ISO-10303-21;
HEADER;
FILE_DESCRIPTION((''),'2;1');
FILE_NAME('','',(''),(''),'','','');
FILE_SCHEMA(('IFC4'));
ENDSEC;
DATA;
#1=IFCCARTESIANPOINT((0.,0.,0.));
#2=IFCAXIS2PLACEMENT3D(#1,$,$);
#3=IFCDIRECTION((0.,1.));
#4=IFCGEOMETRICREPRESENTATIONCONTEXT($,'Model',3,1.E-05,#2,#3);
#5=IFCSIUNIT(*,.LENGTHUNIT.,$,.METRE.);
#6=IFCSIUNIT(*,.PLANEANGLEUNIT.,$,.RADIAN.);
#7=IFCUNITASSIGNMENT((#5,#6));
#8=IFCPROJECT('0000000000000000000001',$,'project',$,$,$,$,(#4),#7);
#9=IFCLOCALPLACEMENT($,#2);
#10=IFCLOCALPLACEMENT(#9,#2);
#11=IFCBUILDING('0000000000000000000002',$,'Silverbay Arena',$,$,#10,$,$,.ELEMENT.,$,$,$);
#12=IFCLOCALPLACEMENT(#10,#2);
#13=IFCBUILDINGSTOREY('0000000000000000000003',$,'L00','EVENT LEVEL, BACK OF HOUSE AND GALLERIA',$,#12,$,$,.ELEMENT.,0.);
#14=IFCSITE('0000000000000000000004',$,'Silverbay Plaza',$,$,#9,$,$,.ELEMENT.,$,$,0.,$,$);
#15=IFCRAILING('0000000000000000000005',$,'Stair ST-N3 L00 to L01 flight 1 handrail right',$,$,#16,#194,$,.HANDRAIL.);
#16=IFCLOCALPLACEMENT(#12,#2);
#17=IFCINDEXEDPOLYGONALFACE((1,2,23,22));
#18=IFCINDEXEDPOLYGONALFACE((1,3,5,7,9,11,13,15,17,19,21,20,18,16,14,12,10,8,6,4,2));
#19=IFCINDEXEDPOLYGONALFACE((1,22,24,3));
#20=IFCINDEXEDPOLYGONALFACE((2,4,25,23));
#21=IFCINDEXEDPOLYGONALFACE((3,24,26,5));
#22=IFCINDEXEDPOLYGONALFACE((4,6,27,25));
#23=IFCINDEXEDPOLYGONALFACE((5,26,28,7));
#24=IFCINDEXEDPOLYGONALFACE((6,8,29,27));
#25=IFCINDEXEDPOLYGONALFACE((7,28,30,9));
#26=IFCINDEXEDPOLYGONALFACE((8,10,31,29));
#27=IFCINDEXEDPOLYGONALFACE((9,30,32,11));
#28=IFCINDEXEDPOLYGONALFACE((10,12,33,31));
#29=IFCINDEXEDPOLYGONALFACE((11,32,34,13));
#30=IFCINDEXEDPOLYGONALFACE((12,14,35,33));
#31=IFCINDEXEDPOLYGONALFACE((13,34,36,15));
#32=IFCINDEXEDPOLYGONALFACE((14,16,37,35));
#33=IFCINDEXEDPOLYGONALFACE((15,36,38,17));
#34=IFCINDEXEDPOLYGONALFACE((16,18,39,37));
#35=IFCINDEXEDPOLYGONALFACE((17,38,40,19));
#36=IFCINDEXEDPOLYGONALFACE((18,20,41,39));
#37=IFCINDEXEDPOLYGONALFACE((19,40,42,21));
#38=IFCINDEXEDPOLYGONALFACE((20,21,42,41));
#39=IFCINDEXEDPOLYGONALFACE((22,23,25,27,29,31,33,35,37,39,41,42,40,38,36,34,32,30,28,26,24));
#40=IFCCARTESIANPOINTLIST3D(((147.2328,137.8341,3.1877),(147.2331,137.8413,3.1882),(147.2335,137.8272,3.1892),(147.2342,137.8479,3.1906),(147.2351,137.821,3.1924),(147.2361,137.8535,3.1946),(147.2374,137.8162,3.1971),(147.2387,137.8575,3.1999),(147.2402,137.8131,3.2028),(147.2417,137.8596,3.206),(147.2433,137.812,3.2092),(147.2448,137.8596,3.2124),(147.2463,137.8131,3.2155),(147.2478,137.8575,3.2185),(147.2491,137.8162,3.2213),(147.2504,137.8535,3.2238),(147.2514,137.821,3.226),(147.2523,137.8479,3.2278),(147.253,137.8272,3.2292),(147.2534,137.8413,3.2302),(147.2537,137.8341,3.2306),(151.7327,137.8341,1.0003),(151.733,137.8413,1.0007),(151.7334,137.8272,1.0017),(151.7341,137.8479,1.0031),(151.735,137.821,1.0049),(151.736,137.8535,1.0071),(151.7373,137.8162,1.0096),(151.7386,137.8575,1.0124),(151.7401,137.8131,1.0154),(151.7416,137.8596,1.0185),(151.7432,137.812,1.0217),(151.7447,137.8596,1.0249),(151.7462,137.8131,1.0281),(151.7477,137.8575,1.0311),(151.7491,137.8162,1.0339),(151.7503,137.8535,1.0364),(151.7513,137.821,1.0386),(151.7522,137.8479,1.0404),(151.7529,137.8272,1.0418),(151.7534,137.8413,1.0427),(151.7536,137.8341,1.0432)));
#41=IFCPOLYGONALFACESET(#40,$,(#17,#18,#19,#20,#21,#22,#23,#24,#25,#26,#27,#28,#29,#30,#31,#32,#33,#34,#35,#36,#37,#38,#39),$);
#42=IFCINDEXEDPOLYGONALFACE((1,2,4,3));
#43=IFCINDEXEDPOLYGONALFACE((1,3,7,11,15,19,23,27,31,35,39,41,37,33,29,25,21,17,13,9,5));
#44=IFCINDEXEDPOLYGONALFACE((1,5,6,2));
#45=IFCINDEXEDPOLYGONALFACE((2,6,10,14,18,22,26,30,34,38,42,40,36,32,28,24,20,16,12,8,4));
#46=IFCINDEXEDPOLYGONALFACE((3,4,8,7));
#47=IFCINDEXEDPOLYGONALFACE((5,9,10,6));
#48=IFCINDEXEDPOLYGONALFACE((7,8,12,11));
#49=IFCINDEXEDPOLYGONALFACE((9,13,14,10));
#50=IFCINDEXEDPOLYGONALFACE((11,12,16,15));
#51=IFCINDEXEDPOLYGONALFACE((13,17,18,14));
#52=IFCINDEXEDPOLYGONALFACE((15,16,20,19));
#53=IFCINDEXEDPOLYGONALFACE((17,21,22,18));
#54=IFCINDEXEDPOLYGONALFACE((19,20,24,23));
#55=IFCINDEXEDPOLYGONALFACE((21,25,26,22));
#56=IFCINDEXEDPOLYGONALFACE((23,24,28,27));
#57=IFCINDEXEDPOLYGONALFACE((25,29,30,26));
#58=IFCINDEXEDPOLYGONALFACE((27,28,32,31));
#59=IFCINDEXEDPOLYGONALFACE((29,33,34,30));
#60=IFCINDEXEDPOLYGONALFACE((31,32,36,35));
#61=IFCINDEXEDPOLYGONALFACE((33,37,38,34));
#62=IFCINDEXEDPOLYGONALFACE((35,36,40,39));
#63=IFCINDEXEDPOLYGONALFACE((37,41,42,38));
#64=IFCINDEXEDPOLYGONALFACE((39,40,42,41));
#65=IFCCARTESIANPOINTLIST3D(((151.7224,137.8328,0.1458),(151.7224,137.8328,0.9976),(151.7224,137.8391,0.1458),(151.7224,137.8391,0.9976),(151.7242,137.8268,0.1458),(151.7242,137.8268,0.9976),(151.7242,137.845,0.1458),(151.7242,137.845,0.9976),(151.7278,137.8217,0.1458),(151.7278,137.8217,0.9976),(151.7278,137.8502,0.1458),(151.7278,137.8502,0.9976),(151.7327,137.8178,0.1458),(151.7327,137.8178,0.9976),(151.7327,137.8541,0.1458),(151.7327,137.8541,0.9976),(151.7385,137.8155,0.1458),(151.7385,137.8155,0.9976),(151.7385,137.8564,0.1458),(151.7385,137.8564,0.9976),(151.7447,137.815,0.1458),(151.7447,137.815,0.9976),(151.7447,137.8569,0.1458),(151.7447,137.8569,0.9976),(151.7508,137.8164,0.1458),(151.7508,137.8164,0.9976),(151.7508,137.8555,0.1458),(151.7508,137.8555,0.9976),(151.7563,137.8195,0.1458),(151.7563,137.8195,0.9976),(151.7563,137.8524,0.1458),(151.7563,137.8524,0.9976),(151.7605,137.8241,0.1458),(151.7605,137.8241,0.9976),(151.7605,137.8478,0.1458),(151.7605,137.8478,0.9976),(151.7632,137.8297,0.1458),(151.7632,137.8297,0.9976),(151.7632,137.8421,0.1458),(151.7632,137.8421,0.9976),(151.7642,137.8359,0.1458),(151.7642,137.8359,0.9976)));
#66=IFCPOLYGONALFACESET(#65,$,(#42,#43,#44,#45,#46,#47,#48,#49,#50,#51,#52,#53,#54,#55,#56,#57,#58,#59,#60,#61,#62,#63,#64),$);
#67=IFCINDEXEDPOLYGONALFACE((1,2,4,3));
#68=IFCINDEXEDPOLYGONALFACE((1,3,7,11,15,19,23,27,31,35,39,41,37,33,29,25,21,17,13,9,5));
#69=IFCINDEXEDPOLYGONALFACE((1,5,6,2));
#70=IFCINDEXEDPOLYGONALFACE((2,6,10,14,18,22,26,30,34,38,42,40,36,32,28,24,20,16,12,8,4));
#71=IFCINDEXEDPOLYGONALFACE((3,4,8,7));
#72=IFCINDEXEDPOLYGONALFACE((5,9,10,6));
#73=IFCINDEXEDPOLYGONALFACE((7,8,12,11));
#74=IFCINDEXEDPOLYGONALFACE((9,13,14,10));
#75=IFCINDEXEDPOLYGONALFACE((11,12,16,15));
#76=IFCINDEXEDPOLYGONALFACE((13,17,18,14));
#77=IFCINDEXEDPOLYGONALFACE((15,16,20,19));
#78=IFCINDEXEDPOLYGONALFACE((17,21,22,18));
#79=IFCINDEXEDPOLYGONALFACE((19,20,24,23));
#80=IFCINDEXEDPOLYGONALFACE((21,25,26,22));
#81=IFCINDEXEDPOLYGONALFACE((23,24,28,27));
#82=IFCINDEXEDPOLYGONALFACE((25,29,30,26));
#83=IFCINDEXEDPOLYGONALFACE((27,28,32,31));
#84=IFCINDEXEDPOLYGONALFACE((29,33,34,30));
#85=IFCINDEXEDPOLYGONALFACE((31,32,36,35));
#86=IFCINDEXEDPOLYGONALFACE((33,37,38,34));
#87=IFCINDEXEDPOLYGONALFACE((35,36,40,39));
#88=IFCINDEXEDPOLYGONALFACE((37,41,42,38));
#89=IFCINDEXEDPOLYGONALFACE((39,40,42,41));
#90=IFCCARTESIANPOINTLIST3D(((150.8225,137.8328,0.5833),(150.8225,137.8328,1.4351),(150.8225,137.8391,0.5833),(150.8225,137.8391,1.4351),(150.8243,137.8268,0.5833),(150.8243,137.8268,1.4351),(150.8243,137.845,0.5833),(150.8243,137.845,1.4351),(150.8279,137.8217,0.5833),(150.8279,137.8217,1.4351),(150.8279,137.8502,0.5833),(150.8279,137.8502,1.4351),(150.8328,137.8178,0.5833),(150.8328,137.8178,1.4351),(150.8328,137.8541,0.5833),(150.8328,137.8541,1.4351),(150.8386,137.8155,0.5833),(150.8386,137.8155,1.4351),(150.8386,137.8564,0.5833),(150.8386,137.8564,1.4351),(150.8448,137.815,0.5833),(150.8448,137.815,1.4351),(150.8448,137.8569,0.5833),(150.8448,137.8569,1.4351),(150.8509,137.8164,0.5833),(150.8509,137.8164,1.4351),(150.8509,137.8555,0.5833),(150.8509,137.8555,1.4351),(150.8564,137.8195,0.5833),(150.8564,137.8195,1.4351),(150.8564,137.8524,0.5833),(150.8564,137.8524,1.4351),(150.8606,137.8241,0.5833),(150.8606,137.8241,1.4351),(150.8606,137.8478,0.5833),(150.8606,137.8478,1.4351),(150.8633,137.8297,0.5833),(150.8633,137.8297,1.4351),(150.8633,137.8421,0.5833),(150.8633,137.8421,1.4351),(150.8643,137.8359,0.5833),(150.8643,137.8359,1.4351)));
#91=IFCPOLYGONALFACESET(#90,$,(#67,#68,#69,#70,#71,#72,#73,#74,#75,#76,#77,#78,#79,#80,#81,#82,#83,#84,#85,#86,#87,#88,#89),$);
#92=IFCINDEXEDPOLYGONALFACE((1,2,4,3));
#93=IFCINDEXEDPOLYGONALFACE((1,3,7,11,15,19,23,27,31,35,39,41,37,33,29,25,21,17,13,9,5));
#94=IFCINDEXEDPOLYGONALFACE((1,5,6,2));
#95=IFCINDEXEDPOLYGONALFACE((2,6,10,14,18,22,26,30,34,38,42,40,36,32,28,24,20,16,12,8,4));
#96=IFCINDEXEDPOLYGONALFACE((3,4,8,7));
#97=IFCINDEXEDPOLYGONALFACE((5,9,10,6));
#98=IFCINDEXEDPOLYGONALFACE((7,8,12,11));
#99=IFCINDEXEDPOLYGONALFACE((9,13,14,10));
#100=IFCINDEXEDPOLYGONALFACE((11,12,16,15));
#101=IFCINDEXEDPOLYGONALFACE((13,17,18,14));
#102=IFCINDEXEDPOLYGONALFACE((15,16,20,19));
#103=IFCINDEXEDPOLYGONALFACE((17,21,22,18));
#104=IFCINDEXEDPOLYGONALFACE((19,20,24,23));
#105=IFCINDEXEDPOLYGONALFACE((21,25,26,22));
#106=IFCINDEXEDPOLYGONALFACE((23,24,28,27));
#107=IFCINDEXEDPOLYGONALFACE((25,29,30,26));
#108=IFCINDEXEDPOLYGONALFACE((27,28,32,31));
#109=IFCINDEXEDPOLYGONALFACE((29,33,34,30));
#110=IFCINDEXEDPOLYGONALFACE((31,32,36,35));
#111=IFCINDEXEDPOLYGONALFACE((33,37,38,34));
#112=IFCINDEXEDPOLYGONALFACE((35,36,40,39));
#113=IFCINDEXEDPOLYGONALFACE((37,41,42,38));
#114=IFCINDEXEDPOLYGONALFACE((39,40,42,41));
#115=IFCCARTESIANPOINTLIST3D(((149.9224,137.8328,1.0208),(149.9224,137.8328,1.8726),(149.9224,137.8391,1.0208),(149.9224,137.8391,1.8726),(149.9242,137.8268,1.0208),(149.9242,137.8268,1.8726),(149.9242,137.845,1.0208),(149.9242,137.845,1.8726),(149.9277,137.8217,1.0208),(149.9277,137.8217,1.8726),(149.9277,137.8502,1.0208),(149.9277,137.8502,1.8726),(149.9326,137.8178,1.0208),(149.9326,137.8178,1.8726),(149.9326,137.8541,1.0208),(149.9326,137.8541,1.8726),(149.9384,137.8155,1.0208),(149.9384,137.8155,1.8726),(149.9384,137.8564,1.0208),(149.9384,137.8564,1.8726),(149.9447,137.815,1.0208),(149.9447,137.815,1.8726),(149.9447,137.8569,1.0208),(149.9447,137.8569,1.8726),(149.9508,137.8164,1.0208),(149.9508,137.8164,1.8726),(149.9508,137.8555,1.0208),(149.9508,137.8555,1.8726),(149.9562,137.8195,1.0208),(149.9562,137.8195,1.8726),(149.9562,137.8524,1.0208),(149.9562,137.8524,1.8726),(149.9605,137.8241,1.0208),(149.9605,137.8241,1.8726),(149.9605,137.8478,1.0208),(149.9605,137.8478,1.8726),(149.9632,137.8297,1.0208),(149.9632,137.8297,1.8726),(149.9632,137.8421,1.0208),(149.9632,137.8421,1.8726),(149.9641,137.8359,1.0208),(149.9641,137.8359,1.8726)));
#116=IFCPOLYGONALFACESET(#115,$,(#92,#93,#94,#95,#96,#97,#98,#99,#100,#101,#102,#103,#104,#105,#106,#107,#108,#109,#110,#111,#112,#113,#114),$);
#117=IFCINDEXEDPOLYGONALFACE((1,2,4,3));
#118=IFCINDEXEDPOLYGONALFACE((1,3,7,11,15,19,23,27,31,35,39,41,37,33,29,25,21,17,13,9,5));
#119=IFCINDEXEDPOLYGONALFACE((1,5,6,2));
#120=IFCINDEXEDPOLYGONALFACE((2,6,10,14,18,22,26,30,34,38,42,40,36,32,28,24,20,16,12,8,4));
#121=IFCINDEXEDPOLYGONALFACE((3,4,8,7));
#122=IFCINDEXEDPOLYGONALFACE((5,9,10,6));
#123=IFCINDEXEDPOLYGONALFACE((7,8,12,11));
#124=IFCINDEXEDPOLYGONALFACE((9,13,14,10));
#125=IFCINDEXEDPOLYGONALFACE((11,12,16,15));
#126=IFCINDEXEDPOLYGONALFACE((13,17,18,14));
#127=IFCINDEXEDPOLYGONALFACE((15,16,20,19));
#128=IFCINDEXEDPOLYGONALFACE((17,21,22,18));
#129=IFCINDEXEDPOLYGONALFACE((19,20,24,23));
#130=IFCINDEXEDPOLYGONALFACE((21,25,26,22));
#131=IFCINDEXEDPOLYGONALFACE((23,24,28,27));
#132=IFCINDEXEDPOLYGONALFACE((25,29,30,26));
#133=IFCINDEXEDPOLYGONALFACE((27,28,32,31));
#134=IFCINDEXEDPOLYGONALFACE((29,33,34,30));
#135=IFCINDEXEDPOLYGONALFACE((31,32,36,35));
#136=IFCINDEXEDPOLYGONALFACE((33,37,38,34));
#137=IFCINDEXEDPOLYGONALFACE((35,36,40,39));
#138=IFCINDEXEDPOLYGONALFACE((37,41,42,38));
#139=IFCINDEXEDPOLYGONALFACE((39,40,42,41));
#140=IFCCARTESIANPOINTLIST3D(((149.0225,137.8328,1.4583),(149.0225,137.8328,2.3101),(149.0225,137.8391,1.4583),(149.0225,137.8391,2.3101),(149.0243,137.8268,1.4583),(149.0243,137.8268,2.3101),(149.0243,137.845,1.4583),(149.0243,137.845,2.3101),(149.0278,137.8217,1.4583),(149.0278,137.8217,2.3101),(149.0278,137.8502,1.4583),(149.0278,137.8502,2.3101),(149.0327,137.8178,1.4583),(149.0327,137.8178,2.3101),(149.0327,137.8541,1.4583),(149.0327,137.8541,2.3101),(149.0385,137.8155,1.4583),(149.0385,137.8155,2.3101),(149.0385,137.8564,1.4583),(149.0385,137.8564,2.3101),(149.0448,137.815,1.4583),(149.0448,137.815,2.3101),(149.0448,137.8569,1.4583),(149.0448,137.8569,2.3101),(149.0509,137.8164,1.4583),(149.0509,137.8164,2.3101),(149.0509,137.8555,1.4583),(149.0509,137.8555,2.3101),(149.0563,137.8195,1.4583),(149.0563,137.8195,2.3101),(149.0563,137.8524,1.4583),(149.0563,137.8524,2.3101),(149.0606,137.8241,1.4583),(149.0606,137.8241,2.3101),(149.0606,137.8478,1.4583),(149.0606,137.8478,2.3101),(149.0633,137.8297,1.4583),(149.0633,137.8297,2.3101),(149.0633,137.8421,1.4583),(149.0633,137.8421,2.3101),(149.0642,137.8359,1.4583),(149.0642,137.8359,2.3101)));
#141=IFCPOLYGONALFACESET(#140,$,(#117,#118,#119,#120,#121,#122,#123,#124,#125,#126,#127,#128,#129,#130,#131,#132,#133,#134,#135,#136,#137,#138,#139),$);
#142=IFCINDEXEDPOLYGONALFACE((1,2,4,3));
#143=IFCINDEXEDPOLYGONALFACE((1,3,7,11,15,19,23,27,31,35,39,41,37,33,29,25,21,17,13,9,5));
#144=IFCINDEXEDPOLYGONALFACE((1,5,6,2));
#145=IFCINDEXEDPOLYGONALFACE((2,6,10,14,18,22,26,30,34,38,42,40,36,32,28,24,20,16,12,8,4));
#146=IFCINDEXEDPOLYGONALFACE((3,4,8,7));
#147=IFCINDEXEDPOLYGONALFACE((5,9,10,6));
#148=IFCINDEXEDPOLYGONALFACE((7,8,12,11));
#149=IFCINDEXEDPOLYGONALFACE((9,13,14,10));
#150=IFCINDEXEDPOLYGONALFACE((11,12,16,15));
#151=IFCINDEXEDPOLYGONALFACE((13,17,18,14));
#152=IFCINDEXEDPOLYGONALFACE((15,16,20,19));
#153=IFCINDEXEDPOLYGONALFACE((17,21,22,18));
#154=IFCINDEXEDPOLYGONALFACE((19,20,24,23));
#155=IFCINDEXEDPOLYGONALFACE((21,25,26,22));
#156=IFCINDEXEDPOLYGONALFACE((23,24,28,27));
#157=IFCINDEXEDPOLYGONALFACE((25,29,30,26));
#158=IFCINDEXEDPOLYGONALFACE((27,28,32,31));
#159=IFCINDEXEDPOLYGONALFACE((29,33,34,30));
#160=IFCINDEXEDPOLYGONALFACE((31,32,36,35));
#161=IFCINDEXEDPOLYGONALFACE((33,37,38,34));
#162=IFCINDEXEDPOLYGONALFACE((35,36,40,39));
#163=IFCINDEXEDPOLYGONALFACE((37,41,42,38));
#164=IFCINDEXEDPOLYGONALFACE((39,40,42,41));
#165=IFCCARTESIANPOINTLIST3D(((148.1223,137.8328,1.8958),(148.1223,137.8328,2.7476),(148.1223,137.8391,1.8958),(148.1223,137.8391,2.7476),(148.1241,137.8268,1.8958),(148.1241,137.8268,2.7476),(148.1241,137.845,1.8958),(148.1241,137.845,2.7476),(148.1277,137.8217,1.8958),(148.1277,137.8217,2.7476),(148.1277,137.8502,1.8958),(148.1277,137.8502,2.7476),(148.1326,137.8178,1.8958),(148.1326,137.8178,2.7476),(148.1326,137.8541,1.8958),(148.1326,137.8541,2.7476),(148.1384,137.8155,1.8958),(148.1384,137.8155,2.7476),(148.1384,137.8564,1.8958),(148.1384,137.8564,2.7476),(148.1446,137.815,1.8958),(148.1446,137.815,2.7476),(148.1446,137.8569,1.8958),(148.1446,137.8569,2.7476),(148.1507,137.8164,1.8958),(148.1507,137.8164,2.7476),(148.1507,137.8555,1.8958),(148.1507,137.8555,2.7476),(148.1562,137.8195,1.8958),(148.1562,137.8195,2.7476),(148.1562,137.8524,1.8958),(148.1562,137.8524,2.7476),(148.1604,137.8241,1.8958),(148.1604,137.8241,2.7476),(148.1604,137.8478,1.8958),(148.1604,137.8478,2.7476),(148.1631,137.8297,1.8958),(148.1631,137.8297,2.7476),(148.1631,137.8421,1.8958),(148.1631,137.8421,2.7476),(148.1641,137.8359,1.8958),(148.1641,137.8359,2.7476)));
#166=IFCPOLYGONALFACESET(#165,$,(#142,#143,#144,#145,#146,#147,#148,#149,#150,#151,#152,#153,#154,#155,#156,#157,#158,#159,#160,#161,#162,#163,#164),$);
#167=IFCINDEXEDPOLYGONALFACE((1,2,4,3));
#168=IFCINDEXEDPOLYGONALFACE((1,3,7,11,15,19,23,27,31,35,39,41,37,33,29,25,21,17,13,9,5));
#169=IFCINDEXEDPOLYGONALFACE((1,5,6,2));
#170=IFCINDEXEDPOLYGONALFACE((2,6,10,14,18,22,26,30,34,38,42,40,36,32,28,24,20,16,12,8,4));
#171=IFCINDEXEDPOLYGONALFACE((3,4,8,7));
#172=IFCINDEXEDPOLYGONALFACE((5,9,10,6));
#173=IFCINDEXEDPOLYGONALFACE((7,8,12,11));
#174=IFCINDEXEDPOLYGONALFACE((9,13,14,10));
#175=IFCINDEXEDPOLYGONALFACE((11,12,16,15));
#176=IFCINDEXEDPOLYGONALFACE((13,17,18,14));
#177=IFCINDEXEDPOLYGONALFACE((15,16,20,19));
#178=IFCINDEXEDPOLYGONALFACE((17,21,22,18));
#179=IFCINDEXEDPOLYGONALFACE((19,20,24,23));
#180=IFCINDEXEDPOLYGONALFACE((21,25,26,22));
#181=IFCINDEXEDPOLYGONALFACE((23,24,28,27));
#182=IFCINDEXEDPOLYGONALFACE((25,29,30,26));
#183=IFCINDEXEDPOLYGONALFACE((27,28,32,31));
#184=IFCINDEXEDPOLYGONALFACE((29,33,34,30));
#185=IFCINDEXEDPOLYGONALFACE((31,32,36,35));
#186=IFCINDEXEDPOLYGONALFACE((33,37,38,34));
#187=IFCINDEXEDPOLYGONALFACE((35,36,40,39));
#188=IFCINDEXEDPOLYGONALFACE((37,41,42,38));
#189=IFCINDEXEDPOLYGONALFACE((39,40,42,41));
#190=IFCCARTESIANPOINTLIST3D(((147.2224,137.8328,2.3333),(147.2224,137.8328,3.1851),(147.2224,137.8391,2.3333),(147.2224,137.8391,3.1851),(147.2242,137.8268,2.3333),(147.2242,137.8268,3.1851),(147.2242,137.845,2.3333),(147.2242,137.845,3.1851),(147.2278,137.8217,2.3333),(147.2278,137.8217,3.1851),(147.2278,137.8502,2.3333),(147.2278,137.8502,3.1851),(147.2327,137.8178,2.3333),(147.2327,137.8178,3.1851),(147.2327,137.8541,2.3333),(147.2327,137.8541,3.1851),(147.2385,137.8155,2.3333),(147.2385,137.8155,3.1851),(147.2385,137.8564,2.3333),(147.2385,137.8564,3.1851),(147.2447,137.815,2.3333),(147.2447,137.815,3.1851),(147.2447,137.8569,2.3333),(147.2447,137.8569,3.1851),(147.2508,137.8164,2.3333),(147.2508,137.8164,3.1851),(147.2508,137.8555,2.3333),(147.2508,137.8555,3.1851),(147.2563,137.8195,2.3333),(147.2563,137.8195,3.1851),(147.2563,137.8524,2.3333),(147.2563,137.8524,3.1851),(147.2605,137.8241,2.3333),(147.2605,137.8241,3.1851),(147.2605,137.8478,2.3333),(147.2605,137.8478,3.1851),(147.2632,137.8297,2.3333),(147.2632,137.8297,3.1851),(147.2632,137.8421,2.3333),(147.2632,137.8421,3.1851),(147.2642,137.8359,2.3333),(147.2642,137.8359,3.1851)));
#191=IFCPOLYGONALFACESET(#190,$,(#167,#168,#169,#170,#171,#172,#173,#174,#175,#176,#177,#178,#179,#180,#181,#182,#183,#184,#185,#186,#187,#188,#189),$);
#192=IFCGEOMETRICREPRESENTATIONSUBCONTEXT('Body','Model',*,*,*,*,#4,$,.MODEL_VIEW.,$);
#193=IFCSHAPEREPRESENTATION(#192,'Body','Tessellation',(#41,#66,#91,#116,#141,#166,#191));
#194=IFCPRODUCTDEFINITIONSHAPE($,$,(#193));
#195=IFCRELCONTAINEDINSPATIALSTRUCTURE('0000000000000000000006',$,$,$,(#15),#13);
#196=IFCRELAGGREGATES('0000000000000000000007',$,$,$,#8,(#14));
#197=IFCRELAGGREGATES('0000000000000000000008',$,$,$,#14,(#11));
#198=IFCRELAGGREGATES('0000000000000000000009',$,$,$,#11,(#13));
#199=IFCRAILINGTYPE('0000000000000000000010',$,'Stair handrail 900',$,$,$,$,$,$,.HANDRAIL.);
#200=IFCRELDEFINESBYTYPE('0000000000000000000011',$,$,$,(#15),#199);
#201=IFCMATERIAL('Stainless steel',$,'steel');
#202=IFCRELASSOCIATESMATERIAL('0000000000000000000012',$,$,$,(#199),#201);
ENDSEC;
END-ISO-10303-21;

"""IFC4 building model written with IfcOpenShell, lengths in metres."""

from ifc_helpers import new_model, si_unit, direction, frame, origin, origin_2d, place, context, subcontext, project, spatial, circle, extrude, material, type_object, element, save


model = new_model("IFC4")

# Units and contexts
model_context = context("Model", 3, precision=1e-05, world=origin(), true_north=direction((0.0, 1.0)))
body_context = subcontext(model_context, "Body", "Model", "MODEL_VIEW")
ifc_project = project(units=[si_unit("LENGTHUNIT", "METRE"), si_unit("PLANEANGLEUNIT", "RADIAN")], contexts=[model_context])

# Site, building, storey
site_placement = place(None, origin())
site = spatial("IfcSite", under=ifc_project, at=site_placement, Name="Silverbay Plaza", CompositionType="ELEMENT", RefElevation=0.0)
building_placement = place(site_placement, origin())
building = spatial("IfcBuilding", under=site, at=building_placement, Name="Silverbay Arena", CompositionType="ELEMENT")
storey_placement = place(building_placement, origin())
storey = spatial("IfcBuildingStorey", under=building, at=storey_placement, Name="L00", Description="EVENT LEVEL, BACK OF HOUSE AND GALLERIA", CompositionType="ELEMENT", Elevation=0.0)

# Railing
ifc_material_1 = material(Name="Stainless steel", Category="steel")
railing_type_1 = type_object("IfcRailingType", Name="Stair handrail 900", PredefinedType="HANDRAIL", material=ifc_material_1)
for number, where, name in (
    (1, (151.7432, 137.8359, 0.1458), "Stair ST-N3 L00 to L01 flight 1 handrail right"),
):
    element("IfcRailing", number, at=place(storey_placement, frame(where)), inside=storey, type_object=railing_type_1, Name=name, PredefinedType="HANDRAIL", context=body_context, shape_type="SweptSolid", body=[
        extrude(circle(Radius=0.0239, at=origin_2d()), frame((0.0, 0.0, 0.876), z_axis=(-0.899368, 0.0, 0.437193), x_axis=(0.0, -1.0, 0.0)), (0.0, 0.0, 1.0), 5.0034),
        extrude(circle(Radius=0.021, at=origin_2d()), origin(), (0.0, 0.0, 1.0), 0.8518),
        extrude(circle(Radius=0.021, at=origin_2d()), frame((-0.8999, 0.0, 0.4375)), (0.0, 0.0, 1.0), 0.8518),
        extrude(circle(Radius=0.021, at=origin_2d()), frame((-1.8, 0.0, 0.875)), (0.0, 0.0, 1.0), 0.8518),
        extrude(circle(Radius=0.021, at=origin_2d()), frame((-2.7, 0.0, 1.3125)), (0.0, 0.0, 1.0), 0.8518),
        extrude(circle(Radius=0.021, at=origin_2d()), frame((-3.6001, 0.0, 1.75)), (0.0, 0.0, 1.0), 0.8518),
        extrude(circle(Radius=0.021, at=origin_2d()), frame((-4.5, 0.0, 2.1875)), (0.0, 0.0, 1.0), 0.8518),
    ])

save(model, "model.ifc")
